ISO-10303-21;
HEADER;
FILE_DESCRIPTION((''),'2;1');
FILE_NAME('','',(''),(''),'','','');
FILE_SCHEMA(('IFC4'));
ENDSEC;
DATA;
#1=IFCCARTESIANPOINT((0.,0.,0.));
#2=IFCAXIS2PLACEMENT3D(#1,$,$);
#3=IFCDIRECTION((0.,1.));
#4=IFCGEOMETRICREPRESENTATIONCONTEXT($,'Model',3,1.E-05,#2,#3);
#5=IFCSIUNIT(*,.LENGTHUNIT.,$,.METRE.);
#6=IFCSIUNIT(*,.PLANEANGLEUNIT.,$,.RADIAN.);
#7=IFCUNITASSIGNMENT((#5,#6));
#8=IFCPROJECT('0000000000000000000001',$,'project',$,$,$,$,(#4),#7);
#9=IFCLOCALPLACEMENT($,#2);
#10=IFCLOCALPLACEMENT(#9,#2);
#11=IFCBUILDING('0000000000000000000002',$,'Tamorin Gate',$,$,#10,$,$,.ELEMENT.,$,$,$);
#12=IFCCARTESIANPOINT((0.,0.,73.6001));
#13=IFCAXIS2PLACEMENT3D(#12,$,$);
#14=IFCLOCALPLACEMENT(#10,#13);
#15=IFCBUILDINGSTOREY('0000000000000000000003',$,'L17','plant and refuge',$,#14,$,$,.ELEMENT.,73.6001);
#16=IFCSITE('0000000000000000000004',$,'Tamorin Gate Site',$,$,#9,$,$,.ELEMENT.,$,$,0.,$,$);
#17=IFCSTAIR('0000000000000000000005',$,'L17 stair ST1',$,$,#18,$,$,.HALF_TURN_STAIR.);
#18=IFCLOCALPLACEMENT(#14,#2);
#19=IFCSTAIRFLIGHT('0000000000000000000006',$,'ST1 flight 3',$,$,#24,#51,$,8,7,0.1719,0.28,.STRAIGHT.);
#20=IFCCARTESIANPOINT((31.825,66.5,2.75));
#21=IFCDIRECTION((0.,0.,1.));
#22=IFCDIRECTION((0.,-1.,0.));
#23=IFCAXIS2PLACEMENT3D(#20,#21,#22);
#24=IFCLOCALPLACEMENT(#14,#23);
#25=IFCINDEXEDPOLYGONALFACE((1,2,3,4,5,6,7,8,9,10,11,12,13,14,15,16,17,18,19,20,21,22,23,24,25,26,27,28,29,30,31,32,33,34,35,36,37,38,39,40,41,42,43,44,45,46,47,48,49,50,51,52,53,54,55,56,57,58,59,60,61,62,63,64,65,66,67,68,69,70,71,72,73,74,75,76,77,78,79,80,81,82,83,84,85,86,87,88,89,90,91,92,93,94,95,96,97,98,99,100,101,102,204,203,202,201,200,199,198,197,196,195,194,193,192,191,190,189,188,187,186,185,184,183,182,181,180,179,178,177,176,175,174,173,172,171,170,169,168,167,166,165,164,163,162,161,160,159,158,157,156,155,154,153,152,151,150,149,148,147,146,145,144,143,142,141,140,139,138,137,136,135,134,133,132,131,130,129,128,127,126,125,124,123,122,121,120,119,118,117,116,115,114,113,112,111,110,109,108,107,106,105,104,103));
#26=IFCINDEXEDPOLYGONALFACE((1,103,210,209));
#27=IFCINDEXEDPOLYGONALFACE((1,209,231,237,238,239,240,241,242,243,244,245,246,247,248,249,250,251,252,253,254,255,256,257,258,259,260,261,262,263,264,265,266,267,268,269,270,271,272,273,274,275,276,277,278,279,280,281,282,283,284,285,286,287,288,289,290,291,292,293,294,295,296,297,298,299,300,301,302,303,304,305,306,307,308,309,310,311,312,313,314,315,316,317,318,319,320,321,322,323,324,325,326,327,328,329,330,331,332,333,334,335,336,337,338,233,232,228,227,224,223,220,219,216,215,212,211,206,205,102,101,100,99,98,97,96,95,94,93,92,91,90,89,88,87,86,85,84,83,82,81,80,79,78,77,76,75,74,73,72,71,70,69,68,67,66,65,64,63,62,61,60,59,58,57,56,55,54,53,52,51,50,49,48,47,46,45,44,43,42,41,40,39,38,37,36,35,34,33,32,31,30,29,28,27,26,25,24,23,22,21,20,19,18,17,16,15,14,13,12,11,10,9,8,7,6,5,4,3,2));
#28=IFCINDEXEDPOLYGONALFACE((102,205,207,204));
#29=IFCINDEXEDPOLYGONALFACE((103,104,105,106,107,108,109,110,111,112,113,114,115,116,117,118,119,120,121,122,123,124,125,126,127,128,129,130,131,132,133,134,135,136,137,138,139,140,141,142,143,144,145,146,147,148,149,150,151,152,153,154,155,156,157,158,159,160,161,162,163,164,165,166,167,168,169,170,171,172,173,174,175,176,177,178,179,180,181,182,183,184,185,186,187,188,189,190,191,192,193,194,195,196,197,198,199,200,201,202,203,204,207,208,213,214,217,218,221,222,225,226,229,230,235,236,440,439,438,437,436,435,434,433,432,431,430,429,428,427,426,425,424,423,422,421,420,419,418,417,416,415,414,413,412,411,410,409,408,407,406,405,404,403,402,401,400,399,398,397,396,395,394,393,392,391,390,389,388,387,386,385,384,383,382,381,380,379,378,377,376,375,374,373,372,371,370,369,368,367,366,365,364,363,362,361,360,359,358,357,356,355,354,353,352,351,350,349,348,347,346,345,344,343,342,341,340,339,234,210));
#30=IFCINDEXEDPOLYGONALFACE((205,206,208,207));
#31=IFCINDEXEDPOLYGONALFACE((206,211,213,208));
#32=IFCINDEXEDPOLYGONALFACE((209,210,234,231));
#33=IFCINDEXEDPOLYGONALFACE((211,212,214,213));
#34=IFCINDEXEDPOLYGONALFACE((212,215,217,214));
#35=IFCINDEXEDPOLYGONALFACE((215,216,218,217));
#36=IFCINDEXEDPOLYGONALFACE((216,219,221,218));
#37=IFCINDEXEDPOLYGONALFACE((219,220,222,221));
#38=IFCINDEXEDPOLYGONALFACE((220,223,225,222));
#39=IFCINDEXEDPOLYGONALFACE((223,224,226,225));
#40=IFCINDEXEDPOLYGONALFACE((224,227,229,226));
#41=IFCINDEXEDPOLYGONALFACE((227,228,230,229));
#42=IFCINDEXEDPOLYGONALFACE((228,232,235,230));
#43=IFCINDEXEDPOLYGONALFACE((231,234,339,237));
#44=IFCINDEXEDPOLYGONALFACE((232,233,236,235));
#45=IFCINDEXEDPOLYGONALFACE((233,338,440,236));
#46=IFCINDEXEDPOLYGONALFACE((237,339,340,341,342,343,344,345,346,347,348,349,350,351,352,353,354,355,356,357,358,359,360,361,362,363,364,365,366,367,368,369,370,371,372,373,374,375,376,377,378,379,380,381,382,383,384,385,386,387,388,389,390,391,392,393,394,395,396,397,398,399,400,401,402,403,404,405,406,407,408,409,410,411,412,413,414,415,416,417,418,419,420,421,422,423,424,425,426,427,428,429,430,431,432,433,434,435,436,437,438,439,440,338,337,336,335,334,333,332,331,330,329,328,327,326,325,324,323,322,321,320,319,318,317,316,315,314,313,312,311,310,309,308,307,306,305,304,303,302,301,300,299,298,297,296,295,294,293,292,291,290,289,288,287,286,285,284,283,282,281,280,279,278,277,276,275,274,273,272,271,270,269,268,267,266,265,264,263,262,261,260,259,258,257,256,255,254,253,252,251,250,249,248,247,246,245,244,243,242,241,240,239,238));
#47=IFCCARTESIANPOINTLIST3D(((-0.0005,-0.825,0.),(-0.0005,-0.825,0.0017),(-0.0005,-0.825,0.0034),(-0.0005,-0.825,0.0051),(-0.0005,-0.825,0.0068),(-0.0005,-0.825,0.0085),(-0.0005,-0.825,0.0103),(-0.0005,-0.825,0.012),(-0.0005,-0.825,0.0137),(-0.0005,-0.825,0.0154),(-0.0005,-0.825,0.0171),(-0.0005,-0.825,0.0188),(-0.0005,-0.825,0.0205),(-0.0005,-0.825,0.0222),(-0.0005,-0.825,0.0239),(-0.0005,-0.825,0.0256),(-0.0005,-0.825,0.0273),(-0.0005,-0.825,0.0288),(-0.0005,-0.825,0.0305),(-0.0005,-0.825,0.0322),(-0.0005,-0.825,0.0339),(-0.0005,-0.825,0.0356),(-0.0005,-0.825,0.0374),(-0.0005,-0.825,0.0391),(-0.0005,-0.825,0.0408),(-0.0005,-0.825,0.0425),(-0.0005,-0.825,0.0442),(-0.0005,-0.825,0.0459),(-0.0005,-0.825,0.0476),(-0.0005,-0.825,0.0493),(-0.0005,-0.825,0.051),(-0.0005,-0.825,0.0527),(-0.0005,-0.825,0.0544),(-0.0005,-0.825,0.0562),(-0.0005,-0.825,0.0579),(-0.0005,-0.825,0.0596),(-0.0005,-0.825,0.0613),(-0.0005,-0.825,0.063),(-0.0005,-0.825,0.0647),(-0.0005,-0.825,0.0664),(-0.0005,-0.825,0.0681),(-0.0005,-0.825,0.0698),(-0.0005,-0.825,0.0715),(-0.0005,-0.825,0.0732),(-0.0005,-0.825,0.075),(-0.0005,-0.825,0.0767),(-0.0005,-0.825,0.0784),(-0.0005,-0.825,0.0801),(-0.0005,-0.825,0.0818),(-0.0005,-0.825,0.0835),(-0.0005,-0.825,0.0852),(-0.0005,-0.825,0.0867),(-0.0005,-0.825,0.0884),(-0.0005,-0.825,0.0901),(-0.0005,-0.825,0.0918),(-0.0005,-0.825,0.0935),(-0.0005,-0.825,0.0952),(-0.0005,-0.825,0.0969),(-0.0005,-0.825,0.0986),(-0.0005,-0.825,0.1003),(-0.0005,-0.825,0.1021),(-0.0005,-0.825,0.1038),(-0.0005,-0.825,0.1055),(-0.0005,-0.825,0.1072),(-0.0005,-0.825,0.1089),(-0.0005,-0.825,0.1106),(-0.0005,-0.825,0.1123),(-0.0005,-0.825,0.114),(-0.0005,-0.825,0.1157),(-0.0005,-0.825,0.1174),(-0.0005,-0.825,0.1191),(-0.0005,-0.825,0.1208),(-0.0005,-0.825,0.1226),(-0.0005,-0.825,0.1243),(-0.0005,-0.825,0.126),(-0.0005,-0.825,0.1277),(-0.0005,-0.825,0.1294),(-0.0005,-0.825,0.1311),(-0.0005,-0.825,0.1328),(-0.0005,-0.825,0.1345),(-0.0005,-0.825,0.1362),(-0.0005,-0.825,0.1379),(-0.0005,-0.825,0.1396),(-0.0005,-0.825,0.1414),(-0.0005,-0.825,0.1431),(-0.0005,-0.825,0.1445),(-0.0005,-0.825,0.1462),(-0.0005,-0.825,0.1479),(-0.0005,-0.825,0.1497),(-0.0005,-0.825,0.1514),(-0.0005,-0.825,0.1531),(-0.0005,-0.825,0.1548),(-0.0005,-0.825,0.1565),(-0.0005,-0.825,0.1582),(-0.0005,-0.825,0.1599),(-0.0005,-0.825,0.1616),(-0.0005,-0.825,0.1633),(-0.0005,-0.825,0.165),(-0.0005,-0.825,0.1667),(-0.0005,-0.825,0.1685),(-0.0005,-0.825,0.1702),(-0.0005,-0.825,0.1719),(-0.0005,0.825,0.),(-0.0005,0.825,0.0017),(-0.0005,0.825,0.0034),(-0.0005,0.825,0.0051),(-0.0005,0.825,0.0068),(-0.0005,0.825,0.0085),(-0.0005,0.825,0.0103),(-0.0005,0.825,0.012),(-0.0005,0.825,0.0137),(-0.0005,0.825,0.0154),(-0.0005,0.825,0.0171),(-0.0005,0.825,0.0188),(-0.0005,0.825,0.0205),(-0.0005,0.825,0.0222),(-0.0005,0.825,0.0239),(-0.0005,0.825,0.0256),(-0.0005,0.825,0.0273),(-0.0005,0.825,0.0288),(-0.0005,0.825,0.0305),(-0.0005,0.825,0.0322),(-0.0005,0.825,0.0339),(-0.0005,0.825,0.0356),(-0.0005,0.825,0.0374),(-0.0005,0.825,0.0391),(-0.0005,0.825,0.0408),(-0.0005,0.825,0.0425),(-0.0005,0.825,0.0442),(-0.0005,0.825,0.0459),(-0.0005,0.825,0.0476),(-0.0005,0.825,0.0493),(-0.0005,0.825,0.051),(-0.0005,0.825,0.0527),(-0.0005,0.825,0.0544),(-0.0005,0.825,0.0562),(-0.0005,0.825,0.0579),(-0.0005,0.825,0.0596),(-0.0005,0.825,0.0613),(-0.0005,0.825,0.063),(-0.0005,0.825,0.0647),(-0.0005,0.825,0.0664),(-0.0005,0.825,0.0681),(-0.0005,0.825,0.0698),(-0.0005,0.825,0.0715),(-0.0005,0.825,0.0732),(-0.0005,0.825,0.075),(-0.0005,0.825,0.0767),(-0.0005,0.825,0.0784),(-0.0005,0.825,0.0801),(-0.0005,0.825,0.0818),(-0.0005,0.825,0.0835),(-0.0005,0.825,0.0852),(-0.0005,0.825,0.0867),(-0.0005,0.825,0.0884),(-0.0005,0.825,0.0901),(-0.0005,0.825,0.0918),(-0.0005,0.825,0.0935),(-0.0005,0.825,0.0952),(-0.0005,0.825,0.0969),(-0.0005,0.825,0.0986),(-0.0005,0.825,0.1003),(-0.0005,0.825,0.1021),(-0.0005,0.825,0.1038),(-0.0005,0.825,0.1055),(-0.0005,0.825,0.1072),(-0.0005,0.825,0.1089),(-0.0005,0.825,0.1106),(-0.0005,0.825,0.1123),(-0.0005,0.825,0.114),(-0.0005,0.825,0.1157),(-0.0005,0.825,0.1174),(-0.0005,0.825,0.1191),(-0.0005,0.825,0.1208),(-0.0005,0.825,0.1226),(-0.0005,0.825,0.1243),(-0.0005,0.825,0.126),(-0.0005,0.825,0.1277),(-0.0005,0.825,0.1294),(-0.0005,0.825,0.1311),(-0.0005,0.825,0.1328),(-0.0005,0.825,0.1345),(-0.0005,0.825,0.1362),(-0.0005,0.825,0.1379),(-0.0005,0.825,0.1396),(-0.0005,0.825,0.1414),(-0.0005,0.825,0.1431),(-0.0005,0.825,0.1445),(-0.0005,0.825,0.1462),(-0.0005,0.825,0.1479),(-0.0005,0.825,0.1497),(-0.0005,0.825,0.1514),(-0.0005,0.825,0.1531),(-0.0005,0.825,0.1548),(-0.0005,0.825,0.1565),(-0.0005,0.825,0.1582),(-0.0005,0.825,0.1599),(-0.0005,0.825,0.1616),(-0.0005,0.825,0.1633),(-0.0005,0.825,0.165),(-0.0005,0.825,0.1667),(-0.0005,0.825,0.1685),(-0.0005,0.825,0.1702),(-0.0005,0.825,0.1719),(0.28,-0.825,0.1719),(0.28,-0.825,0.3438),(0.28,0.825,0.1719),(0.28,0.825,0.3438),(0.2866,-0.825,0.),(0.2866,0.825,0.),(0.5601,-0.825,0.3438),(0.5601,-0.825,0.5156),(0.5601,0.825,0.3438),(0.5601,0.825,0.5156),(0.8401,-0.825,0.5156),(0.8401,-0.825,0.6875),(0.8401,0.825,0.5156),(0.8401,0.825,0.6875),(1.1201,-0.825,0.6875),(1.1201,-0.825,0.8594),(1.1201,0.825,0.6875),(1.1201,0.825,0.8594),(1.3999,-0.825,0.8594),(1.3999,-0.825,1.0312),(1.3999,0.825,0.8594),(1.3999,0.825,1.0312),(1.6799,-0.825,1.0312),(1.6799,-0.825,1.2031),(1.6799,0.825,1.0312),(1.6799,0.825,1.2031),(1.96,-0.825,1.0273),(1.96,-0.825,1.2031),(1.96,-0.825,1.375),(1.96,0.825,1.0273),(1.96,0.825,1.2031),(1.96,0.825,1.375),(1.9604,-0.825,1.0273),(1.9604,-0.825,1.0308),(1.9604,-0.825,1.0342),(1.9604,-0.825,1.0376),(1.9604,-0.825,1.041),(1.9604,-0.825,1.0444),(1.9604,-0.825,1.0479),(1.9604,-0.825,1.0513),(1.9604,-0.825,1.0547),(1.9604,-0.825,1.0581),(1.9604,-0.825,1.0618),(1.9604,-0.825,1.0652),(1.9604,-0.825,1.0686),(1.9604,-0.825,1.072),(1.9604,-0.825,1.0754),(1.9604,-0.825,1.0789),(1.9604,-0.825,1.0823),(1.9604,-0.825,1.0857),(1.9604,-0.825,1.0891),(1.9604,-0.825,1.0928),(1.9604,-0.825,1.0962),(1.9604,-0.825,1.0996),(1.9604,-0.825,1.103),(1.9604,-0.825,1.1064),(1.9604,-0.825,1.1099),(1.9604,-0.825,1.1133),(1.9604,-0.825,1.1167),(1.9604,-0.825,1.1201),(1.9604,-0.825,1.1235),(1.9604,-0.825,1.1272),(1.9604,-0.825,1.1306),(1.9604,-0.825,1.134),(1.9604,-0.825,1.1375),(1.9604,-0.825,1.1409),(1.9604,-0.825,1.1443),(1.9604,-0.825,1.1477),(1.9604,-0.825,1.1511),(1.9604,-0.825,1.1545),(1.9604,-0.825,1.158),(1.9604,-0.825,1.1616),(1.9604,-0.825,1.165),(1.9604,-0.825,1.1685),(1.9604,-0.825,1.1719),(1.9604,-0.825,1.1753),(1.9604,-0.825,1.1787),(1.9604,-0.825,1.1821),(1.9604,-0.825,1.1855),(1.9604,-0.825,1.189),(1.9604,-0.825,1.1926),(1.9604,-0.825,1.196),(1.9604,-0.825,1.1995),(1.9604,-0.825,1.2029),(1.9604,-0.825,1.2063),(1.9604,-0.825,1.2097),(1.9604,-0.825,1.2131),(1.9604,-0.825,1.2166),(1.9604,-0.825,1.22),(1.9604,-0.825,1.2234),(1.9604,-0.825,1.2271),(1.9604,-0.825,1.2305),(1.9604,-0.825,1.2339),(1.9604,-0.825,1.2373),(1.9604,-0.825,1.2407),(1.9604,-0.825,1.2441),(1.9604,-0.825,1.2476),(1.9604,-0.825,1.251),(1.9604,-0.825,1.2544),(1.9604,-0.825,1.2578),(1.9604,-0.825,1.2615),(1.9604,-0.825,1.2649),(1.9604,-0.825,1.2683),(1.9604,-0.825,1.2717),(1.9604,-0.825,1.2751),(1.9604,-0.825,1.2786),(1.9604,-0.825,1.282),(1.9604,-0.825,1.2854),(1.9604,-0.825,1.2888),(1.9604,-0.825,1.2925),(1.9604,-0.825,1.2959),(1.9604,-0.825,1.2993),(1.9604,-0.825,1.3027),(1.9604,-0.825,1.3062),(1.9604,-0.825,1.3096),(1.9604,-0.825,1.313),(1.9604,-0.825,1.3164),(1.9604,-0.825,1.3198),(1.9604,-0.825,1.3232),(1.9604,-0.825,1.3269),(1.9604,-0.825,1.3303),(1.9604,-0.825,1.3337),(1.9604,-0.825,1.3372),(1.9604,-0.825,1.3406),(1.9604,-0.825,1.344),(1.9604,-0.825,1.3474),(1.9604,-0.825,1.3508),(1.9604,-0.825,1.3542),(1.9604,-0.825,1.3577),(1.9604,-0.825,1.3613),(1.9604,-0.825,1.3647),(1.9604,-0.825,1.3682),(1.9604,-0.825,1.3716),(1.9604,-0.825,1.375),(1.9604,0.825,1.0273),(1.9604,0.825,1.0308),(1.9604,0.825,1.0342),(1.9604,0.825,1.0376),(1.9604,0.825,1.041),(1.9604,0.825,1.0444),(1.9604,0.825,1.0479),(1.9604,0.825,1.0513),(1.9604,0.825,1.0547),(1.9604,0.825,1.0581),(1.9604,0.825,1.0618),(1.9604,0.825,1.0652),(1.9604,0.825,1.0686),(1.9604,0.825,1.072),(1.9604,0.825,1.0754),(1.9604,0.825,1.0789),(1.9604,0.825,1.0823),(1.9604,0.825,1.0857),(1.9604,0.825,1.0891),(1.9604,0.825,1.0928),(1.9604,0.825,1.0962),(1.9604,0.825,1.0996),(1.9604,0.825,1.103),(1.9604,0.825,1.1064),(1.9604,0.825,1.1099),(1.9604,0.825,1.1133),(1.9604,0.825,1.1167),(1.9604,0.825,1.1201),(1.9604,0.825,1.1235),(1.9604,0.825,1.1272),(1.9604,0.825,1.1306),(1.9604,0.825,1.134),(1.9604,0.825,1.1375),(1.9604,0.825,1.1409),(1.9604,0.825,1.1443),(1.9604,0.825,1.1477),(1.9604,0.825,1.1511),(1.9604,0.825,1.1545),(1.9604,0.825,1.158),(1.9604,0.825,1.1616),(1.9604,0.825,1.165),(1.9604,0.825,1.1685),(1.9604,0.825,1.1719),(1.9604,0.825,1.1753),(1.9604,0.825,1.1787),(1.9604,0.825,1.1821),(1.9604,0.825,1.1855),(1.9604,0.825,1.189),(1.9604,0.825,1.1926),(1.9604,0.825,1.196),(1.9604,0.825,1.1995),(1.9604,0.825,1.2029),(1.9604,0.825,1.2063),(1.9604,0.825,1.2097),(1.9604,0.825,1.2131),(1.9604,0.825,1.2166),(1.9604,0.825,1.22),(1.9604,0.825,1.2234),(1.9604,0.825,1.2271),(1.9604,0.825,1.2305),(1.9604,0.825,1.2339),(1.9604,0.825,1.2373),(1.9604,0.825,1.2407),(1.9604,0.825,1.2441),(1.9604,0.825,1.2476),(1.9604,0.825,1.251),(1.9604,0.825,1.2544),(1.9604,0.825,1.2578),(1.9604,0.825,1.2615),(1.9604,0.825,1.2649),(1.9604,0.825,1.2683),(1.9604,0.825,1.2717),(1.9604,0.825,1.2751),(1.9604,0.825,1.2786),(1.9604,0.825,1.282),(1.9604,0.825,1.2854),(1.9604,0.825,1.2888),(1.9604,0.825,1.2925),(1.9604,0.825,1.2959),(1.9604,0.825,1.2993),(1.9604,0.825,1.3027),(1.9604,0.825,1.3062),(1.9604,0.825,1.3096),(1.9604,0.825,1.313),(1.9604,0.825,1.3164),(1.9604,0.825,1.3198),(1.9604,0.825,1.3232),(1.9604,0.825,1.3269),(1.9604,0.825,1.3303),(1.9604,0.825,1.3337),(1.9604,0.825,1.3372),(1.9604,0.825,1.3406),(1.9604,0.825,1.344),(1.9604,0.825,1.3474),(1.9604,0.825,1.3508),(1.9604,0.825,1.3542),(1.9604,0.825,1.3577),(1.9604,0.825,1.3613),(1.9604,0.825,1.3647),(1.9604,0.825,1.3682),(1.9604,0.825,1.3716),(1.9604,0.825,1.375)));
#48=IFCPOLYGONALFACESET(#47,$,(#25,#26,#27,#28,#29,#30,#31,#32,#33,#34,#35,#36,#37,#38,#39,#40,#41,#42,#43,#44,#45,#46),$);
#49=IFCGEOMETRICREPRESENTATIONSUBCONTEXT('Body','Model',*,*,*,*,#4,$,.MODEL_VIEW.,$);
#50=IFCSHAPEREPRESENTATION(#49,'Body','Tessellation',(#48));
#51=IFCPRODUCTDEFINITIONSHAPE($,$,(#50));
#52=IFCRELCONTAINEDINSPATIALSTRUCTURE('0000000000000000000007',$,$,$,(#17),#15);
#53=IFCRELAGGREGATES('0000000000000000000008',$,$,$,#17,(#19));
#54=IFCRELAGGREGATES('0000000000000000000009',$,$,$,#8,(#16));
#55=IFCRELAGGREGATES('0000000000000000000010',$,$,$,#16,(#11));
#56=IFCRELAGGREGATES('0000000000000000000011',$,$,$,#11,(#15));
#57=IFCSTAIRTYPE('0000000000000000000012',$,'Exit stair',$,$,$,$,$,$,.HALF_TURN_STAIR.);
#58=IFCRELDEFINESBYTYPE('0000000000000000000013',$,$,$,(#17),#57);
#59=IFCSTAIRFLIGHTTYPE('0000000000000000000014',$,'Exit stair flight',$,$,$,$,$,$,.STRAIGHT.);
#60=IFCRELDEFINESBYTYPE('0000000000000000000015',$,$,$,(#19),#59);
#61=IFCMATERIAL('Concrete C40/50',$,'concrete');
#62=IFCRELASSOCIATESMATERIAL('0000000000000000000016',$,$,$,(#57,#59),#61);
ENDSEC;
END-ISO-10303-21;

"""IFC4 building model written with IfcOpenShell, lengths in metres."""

from ifc_helpers import new_model, si_unit, direction, frame, origin, place, context, subcontext, project, spatial, polyline, outline, extrude, material, type_object, element, aggregate, save


model = new_model("IFC4")

# Units and contexts
model_context = context("Model", 3, precision=1e-05, world=origin(), true_north=direction((0.0, 1.0)))
body_context = subcontext(model_context, "Body", "Model", "MODEL_VIEW")
ifc_project = project(units=[si_unit("LENGTHUNIT", "METRE"), si_unit("PLANEANGLEUNIT", "RADIAN")], contexts=[model_context])

# Site, building, storey
site_placement = place(None, origin())
site = spatial("IfcSite", under=ifc_project, at=site_placement, Name="Tamorin Gate Site", CompositionType="ELEMENT", RefElevation=0.0)
building_placement = place(site_placement, origin())
building = spatial("IfcBuilding", under=site, at=building_placement, Name="Tamorin Gate", CompositionType="ELEMENT")
storey_placement = place(building_placement, frame((0.0, 0.0, 73.6001)))
storey = spatial("IfcBuildingStorey", under=building, at=storey_placement, Name="L17", Description="plant and refuge", CompositionType="ELEMENT", Elevation=73.6001)

# Shared definitions
ifc_material_1 = material(Name="Concrete C40/50", Category="concrete")

# Stair, stair flight
stair_type = type_object("IfcStairType", Name="Exit stair", PredefinedType="HALF_TURN_STAIR", material=ifc_material_1)
stair_1_placement = place(storey_placement, origin())
stair_1 = element("IfcStair", 1, at=stair_1_placement, inside=storey, type_object=stair_type, Name="L17 stair ST1", PredefinedType="HALF_TURN_STAIR")
stair_flight_type = type_object("IfcStairFlightType", Name="Exit stair flight", PredefinedType="STRAIGHT", material=ifc_material_1)
stair_flight_1_placement = place(storey_placement, frame((31.825, 66.5, 2.75), z_axis=(0.0, 0.0, 1.0), x_axis=(0.0, -1.0, 0.0)))
stair_flight_1 = element("IfcStairFlight", 2, at=stair_flight_1_placement, type_object=stair_flight_type, Name="ST1 flight 3", NumberOfRisers=8, NumberOfTreads=7, PredefinedType="STRAIGHT", RiserHeight=0.1719, TreadLength=0.28, context=body_context, shape_type="SweptSolid", body=[
    extrude(outline(polyline([(-0.0005, 0.0), (-0.0005, 0.0017), (-0.0005, 0.0034), (-0.0005, 0.0051), (-0.0005, 0.0068), (-0.0005, 0.0085), (-0.0005, 0.0103), (-0.0005, 0.012), (-0.0005, 0.0137), (-0.0005, 0.0154), (-0.0005, 0.0171), (-0.0005, 0.0188), (-0.0005, 0.0205), (-0.0005, 0.0222), (-0.0005, 0.0239), (-0.0005, 0.0256), (-0.0005, 0.0273), (-0.0005, 0.0288), (-0.0005, 0.0305), (-0.0005, 0.0322), (-0.0005, 0.0339), (-0.0005, 0.0356), (-0.0005, 0.0374), (-0.0005, 0.0391), (-0.0005, 0.0408), (-0.0005, 0.0425), (-0.0005, 0.0442), (-0.0005, 0.0459), (-0.0005, 0.0476), (-0.0005, 0.0493), (-0.0005, 0.051), (-0.0005, 0.0527), (-0.0005, 0.0544), (-0.0005, 0.0562), (-0.0005, 0.0579), (-0.0005, 0.0596), (-0.0005, 0.0613), (-0.0005, 0.063), (-0.0005, 0.0647), (-0.0005, 0.0664), (-0.0005, 0.0681), (-0.0005, 0.0698), (-0.0005, 0.0715), (-0.0005, 0.0732), (-0.0005, 0.075), (-0.0005, 0.0767), (-0.0005, 0.0784), (-0.0005, 0.0801), (-0.0005, 0.0818), (-0.0005, 0.0835), (-0.0005, 0.0852), (-0.0005, 0.0867), (-0.0005, 0.0884), (-0.0005, 0.0901), (-0.0005, 0.0918), (-0.0005, 0.0935), (-0.0005, 0.0952), (-0.0005, 0.0969), (-0.0005, 0.0986), (-0.0005, 0.1003), (-0.0005, 0.1021), (-0.0005, 0.1038), (-0.0005, 0.1055), (-0.0005, 0.1072), (-0.0005, 0.1089), (-0.0005, 0.1106), (-0.0005, 0.1123), (-0.0005, 0.114), (-0.0005, 0.1157), (-0.0005, 0.1174), (-0.0005, 0.1191), (-0.0005, 0.1208), (-0.0005, 0.1226), (-0.0005, 0.1243), (-0.0005, 0.126), (-0.0005, 0.1277), (-0.0005, 0.1294), (-0.0005, 0.1311), (-0.0005, 0.1328), (-0.0005, 0.1345), (-0.0005, 0.1362), (-0.0005, 0.1379), (-0.0005, 0.1396), (-0.0005, 0.1414), (-0.0005, 0.1431), (-0.0005, 0.1445), (-0.0005, 0.1462), (-0.0005, 0.1479), (-0.0005, 0.1497), (-0.0005, 0.1514), (-0.0005, 0.1531), (-0.0005, 0.1548), (-0.0005, 0.1565), (-0.0005, 0.1582), (-0.0005, 0.1599), (-0.0005, 0.1616), (-0.0005, 0.1633), (-0.0005, 0.165), (-0.0005, 0.1667), (-0.0005, 0.1685), (-0.0005, 0.1702), (-0.0005, 0.1719), (0.28, 0.1719), (0.28, 0.3438), (0.5601, 0.3438), (0.5601, 0.5156), (0.8401, 0.5156), (0.8401, 0.6875), (1.1201, 0.6875), (1.1201, 0.8594), (1.3999, 0.8594), (1.3999, 1.0312), (1.6799, 1.0312), (1.6799, 1.2031), (1.96, 1.2031), (1.96, 1.375), (1.9604, 1.375), (1.9604, 1.3716), (1.9604, 1.3682), (1.9604, 1.3647), (1.9604, 1.3613), (1.9604, 1.3577), (1.9604, 1.3542), (1.9604, 1.3508), (1.9604, 1.3474), (1.9604, 1.344), (1.9604, 1.3406), (1.9604, 1.3372), (1.9604, 1.3337), (1.9604, 1.3303), (1.9604, 1.3269), (1.9604, 1.3232), (1.9604, 1.3198), (1.9604, 1.3164), (1.9604, 1.313), (1.9604, 1.3096), (1.9604, 1.3062), (1.9604, 1.3027), (1.9604, 1.2993), (1.9604, 1.2959), (1.9604, 1.2925), (1.9604, 1.2888), (1.9604, 1.2854), (1.9604, 1.282), (1.9604, 1.2786), (1.9604, 1.2751), (1.9604, 1.2717), (1.9604, 1.2683), (1.9604, 1.2649), (1.9604, 1.2615), (1.9604, 1.2578), (1.9604, 1.2544), (1.9604, 1.251), (1.9604, 1.2476), (1.9604, 1.2441), (1.9604, 1.2407), (1.9604, 1.2373), (1.9604, 1.2339), (1.9604, 1.2305), (1.9604, 1.2271), (1.9604, 1.2234), (1.9604, 1.22), (1.9604, 1.2166), (1.9604, 1.2131), (1.9604, 1.2097), (1.9604, 1.2063), (1.9604, 1.2029), (1.9604, 1.1995), (1.9604, 1.196), (1.9604, 1.1926), (1.9604, 1.189), (1.9604, 1.1855), (1.9604, 1.1821), (1.9604, 1.1787), (1.9604, 1.1753), (1.9604, 1.1719), (1.9604, 1.1685), (1.9604, 1.165), (1.9604, 1.1616), (1.9604, 1.158), (1.9604, 1.1545), (1.9604, 1.1511), (1.9604, 1.1477), (1.9604, 1.1443), (1.9604, 1.1409), (1.9604, 1.1375), (1.9604, 1.134), (1.9604, 1.1306), (1.9604, 1.1272), (1.9604, 1.1235), (1.9604, 1.1201), (1.9604, 1.1167), (1.9604, 1.1133), (1.9604, 1.1099), (1.9604, 1.1064), (1.9604, 1.103), (1.9604, 1.0996), (1.9604, 1.0962), (1.9604, 1.0928), (1.9604, 1.0891), (1.9604, 1.0857), (1.9604, 1.0823), (1.9604, 1.0789), (1.9604, 1.0754), (1.9604, 1.072), (1.9604, 1.0686), (1.9604, 1.0652), (1.9604, 1.0618), (1.9604, 1.0581), (1.9604, 1.0547), (1.9604, 1.0513), (1.9604, 1.0479), (1.9604, 1.0444), (1.9604, 1.041), (1.9604, 1.0376), (1.9604, 1.0342), (1.9604, 1.0308), (1.9604, 1.0273), (1.96, 1.0273), (0.2866, 0.0), (-0.0005, 0.0)])), frame((0.0, 0.825, 0.0), z_axis=(0.0, -1.0, 0.0), x_axis=(1.0, 0.0, 0.0)), (0.0, 0.0, 1.0), 1.6499),
])
aggregate(stair_1, [stair_flight_1])

save(model, "model.ifc")
